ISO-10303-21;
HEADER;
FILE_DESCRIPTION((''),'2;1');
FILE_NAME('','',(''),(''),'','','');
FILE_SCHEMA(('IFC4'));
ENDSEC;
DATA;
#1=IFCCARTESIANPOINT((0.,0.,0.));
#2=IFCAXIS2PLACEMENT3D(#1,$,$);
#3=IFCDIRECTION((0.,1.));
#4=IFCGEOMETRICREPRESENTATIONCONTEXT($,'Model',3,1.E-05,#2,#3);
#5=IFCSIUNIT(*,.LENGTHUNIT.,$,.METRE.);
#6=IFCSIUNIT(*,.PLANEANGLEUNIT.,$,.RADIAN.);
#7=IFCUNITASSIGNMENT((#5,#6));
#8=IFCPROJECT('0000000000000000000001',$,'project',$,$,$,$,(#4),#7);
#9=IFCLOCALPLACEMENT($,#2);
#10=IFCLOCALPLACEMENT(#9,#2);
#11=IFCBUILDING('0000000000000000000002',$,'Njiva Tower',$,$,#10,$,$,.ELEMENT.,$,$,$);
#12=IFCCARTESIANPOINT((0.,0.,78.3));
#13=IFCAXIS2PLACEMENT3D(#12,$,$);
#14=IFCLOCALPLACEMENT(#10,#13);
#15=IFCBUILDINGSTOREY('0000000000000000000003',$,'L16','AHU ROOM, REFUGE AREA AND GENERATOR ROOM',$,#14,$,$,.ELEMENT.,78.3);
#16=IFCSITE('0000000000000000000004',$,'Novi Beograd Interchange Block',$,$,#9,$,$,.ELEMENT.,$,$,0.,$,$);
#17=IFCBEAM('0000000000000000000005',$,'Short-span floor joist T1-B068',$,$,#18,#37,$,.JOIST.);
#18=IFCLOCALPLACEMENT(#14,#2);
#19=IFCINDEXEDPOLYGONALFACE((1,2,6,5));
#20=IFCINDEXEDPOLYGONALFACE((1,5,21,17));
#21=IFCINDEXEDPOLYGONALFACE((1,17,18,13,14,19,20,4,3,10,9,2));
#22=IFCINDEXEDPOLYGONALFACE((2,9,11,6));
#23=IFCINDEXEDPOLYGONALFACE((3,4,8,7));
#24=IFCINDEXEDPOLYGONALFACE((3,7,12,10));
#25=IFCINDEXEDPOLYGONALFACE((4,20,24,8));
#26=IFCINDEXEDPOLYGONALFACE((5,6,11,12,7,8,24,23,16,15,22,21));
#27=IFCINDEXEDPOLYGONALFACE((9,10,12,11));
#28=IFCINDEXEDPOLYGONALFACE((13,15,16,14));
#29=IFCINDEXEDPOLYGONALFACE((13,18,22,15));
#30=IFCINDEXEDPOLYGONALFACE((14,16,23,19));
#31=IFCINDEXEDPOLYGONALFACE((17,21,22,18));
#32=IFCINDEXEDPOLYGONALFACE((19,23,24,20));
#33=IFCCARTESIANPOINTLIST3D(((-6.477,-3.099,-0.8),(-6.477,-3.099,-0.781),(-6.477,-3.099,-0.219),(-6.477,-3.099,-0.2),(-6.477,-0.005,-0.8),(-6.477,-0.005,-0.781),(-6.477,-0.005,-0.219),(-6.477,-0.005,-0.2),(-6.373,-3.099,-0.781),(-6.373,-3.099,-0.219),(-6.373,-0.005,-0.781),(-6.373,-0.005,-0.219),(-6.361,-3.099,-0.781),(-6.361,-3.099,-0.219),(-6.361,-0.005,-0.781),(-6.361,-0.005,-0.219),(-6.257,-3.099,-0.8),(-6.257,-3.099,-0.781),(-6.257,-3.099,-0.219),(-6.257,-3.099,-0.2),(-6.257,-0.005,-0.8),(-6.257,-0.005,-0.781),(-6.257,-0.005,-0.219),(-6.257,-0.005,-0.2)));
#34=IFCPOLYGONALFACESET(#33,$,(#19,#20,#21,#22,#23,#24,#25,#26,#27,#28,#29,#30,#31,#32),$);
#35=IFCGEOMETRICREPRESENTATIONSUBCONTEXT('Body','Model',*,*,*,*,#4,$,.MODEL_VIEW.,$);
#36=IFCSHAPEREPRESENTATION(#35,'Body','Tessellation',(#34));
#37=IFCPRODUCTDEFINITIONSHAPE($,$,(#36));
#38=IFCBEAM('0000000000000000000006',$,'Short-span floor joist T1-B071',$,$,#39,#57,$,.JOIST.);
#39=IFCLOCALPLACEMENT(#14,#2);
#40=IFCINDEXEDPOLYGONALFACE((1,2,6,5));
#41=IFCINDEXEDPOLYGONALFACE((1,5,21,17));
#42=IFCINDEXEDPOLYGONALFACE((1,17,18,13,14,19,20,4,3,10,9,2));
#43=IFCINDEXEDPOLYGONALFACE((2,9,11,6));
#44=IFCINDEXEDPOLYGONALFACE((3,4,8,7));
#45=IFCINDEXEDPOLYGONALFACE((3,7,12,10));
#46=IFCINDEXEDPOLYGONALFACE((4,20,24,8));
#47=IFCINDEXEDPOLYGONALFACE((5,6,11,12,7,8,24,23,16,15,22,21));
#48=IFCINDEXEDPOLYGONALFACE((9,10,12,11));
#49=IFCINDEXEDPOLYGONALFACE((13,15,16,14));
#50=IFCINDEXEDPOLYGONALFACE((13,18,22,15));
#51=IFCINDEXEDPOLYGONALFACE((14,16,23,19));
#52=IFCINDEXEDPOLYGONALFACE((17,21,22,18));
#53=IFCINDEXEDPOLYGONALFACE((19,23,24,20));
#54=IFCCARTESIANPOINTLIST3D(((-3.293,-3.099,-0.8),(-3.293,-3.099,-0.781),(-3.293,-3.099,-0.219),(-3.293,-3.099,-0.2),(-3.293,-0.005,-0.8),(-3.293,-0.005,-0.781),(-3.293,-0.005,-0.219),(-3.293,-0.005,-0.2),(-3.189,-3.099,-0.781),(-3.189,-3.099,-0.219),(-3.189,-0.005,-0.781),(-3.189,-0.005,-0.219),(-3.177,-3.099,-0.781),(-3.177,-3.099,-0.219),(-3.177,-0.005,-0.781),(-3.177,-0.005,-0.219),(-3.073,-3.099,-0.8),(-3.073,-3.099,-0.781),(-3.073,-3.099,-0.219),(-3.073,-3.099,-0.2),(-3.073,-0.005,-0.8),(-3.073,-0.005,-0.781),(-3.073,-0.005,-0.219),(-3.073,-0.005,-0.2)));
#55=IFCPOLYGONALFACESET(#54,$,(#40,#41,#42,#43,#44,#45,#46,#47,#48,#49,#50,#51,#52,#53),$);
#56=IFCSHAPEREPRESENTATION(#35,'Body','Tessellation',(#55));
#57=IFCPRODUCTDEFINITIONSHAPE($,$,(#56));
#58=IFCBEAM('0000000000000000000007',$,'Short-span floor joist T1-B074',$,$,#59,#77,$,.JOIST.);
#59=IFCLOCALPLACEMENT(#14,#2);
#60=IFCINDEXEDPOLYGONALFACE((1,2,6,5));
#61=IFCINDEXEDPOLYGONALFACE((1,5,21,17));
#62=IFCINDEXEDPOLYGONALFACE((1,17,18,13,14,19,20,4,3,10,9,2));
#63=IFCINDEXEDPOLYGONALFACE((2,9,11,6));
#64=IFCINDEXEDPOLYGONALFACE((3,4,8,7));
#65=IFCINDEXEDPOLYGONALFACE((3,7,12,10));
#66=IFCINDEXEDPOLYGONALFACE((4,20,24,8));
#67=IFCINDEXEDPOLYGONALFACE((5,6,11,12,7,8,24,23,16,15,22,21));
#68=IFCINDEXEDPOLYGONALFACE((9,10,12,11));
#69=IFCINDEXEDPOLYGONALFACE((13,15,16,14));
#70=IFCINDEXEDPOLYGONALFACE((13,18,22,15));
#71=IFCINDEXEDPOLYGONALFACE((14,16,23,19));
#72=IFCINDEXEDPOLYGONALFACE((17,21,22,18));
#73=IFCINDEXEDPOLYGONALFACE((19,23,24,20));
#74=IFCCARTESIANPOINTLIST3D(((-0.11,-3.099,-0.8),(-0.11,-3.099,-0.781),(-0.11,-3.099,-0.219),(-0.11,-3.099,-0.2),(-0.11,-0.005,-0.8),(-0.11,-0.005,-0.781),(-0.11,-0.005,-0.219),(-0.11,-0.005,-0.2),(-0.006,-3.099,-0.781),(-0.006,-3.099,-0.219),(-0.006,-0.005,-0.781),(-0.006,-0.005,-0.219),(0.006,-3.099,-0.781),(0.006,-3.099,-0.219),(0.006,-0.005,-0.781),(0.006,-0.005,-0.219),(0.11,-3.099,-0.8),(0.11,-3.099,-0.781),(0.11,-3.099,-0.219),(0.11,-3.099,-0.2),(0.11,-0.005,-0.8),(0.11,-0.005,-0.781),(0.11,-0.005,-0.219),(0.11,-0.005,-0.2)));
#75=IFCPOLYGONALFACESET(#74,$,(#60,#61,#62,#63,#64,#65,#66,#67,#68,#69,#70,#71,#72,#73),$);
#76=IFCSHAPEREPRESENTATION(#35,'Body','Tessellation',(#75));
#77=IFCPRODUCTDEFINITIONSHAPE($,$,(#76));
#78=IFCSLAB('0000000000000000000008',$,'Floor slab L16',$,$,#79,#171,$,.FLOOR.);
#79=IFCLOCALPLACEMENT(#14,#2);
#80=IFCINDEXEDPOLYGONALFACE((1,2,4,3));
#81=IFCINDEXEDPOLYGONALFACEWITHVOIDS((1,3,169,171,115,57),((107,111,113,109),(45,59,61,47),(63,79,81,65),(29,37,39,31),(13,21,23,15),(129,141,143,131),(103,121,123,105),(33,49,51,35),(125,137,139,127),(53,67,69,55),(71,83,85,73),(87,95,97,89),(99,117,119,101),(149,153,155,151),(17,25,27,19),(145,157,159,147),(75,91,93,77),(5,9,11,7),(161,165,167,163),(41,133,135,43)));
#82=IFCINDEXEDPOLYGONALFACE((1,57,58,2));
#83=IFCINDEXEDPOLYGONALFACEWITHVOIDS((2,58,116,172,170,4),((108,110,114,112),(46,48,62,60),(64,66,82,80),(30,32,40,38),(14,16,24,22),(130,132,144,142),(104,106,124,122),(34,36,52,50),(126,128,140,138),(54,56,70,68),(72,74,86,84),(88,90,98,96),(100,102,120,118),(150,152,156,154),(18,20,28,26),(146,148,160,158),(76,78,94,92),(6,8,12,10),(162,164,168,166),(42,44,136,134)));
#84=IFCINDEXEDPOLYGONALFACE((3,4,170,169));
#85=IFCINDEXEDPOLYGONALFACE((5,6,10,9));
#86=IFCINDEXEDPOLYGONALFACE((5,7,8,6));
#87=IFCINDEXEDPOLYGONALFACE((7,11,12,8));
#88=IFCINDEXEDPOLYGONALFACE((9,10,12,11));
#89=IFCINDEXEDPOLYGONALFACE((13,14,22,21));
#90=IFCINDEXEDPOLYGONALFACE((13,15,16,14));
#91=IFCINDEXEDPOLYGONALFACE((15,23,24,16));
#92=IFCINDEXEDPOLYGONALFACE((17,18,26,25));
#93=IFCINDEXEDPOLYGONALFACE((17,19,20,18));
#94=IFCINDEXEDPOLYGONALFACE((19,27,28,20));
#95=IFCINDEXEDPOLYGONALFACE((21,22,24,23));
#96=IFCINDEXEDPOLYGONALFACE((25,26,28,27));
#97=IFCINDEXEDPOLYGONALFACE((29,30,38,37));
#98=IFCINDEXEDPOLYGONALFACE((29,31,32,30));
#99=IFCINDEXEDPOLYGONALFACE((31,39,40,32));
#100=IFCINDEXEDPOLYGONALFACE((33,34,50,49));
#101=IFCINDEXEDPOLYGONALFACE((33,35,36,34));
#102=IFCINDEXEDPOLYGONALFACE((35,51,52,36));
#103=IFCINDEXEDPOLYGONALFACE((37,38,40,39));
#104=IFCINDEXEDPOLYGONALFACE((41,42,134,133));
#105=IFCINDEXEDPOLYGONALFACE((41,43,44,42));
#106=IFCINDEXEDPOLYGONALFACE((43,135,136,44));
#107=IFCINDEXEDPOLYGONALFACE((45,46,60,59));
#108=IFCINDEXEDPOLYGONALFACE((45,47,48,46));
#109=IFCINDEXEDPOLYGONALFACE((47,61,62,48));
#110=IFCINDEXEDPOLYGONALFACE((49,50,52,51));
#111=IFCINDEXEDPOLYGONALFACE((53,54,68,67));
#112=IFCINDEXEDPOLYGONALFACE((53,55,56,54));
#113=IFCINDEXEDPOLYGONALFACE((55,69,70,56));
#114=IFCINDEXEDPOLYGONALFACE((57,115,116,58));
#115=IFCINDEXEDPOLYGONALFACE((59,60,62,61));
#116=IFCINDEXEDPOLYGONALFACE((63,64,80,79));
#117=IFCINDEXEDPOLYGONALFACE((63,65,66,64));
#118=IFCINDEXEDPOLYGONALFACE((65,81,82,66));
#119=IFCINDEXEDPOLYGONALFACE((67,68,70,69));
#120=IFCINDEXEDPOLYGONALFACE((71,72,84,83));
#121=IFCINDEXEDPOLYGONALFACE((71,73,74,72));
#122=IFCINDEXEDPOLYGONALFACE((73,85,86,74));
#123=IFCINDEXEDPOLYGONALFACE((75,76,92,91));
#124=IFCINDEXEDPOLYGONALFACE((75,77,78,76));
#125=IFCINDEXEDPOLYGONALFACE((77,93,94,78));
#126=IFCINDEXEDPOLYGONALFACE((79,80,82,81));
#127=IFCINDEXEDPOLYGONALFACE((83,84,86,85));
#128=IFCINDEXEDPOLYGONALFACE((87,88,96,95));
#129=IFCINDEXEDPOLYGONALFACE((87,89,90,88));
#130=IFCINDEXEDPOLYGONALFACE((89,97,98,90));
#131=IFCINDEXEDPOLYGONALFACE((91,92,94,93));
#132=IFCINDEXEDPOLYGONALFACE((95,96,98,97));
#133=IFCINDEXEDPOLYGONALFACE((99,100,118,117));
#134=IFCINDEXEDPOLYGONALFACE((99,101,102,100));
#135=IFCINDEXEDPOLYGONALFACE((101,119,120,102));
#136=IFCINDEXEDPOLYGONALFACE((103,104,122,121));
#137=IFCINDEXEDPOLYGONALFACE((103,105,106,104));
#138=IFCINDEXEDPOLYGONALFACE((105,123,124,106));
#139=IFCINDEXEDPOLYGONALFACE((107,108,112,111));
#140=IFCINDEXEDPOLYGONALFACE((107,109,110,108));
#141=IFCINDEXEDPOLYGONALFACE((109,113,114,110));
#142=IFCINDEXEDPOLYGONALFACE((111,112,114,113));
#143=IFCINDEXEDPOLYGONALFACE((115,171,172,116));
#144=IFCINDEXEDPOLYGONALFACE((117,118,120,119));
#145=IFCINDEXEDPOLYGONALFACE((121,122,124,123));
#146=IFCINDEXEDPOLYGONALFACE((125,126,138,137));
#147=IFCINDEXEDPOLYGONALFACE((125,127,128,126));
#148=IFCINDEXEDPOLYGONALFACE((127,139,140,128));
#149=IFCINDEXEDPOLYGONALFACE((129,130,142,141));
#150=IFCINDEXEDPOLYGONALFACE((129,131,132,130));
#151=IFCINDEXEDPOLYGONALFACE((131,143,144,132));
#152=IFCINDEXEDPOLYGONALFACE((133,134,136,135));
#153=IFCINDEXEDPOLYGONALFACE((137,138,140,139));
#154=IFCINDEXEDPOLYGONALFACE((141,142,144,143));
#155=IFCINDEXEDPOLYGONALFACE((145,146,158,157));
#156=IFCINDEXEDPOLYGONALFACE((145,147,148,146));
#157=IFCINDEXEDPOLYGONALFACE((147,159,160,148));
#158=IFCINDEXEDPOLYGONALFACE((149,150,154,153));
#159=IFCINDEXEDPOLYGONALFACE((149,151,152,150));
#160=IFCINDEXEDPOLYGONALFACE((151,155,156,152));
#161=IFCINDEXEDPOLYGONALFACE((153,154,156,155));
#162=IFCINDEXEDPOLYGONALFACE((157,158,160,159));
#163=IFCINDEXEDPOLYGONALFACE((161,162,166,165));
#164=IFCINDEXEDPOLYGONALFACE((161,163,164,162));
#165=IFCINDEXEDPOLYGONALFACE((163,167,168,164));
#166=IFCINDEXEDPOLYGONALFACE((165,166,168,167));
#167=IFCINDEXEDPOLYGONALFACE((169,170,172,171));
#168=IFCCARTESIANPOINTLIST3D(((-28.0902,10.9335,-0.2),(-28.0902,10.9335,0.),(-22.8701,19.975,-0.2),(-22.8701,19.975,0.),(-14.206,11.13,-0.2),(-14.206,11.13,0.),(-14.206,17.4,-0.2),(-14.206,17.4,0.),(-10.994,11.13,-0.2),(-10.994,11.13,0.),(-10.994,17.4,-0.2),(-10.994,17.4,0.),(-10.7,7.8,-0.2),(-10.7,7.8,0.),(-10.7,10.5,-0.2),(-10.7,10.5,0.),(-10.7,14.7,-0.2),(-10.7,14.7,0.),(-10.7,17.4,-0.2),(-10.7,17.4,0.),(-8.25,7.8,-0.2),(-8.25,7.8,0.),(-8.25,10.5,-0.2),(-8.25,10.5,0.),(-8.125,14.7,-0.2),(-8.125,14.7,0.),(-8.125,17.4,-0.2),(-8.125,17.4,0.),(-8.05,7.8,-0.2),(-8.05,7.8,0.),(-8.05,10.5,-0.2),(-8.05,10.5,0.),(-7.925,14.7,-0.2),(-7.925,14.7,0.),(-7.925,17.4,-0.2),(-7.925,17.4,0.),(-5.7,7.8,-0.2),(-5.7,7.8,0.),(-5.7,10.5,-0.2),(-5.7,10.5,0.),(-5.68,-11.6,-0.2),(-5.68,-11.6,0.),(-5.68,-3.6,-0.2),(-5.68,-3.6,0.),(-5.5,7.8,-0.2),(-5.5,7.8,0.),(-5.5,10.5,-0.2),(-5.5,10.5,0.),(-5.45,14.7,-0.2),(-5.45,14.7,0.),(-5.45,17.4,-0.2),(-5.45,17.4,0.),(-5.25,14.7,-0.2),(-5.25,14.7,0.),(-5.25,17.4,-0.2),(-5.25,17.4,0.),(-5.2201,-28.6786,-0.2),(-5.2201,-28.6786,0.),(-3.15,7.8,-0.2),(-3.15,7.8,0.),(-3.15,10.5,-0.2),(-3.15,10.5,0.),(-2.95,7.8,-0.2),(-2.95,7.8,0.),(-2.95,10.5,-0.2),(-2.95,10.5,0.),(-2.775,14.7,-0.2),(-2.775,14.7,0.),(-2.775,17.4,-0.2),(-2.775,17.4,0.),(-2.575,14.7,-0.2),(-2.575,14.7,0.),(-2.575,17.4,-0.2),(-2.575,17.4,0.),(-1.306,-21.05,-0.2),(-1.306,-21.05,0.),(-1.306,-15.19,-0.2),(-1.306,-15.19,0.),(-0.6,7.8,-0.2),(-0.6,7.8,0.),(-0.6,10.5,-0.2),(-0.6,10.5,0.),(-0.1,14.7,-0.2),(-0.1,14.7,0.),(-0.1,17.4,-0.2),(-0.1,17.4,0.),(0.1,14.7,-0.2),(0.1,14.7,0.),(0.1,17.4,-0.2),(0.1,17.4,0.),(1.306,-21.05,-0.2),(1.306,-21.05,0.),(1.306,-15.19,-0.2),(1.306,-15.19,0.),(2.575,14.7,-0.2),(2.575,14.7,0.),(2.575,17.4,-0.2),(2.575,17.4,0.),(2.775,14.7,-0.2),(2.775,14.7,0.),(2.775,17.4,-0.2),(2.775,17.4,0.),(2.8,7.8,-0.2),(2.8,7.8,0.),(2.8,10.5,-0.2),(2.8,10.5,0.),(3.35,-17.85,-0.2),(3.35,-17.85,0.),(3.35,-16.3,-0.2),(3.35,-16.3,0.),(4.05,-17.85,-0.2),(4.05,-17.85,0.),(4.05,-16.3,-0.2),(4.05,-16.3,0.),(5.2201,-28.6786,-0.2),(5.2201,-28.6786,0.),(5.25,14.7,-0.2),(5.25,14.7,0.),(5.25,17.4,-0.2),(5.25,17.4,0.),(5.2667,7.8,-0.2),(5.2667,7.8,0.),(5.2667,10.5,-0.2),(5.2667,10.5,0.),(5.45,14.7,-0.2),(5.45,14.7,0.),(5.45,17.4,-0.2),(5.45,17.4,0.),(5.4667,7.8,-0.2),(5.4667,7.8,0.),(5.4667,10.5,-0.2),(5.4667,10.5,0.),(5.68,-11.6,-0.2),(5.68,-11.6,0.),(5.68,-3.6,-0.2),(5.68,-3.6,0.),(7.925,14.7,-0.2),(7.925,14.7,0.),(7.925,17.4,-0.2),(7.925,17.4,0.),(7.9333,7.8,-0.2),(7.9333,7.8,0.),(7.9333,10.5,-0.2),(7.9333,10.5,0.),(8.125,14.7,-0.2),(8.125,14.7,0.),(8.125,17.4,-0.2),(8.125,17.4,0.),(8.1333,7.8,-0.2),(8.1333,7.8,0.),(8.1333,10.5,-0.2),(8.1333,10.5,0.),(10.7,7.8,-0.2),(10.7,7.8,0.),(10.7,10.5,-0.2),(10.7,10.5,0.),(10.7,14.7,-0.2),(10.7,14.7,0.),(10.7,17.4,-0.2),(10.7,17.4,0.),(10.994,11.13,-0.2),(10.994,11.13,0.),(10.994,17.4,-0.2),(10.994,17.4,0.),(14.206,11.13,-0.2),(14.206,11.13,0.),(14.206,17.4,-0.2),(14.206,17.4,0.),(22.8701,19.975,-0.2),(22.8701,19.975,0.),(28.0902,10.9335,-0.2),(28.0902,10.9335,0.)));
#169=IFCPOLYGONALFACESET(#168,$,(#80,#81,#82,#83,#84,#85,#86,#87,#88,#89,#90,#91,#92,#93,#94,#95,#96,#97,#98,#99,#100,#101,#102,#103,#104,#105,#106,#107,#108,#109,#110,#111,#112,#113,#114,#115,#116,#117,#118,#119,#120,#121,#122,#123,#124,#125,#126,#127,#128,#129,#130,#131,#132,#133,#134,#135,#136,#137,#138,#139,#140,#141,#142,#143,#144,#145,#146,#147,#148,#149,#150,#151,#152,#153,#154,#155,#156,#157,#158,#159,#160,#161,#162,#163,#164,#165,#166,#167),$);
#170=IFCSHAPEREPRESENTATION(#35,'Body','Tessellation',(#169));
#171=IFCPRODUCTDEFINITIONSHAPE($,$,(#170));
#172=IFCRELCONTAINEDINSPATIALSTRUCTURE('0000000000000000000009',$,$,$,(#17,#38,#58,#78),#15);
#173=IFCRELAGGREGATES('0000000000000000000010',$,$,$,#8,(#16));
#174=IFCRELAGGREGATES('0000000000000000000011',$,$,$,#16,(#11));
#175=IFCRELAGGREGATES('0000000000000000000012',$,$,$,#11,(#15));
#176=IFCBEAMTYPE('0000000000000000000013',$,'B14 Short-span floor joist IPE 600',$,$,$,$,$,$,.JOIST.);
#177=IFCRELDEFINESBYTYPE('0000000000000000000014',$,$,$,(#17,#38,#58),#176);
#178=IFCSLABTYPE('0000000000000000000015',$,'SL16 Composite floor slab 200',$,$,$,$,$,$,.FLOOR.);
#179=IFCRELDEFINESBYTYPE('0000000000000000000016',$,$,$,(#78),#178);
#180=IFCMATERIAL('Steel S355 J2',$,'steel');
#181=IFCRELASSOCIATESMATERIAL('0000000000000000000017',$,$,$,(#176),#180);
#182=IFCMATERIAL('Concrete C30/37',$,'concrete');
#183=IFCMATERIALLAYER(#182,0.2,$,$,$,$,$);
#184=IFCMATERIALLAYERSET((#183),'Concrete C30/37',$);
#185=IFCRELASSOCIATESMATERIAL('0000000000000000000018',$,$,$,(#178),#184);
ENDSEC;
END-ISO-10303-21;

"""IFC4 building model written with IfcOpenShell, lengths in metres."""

from ifc_helpers import new_model, si_unit, direction, frame, origin, origin_2d, place, context, subcontext, project, spatial, polyline, i_section, outline, extrude, material, layer, layer_set, material_profile, profile_set, type_object, element, save


model = new_model("IFC4")

# Units and contexts
model_context = context("Model", 3, precision=1e-05, world=origin(), true_north=direction((0.0, 1.0)))
body_context = subcontext(model_context, "Body", "Model", "MODEL_VIEW")
ifc_project = project(units=[si_unit("LENGTHUNIT", "METRE"), si_unit("PLANEANGLEUNIT", "RADIAN")], contexts=[model_context])

# Site, building, storey
site_placement = place(None, origin())
site = spatial("IfcSite", under=ifc_project, at=site_placement, Name="Novi Beograd Interchange Block", CompositionType="ELEMENT", RefElevation=0.0)
building_placement = place(site_placement, origin())
building = spatial("IfcBuilding", under=site, at=building_placement, Name="Njiva Tower", CompositionType="ELEMENT")
storey_placement = place(building_placement, frame((0.0, 0.0, 78.3)))
storey = spatial("IfcBuildingStorey", under=building, at=storey_placement, Name="L16", Description="AHU ROOM, REFUGE AREA AND GENERATOR ROOM", CompositionType="ELEMENT", Elevation=78.3)

# Beams
ifc_material_1 = material(Name="Steel S355 J2", Category="steel")
ifc_material_profile = material_profile(ifc_material_1, i_section(OverallWidth=0.22, OverallDepth=0.6, WebThickness=0.012, FlangeThickness=0.019, at=origin_2d()), Name="IPE 600")
ifc_profile_set = profile_set([ifc_material_profile], Name="Steel S355 J2")
beam_type = type_object("IfcBeamType", Name="B14 Short-span floor joist IPE 600", PredefinedType="JOIST", material=ifc_profile_set)
for number, where, z_axis, x_axis, name in (
    (1, (-6.367, -0.005, -0.5), (0.0, -1.0, 0.0), (1.0, 0.0, 0.0), "Short-span floor joist T1-B068"),
    (2, (-3.183, -0.005, -0.5), (0.0, -1.0, 0.0), (1.0, 0.0, 0.0), "Short-span floor joist T1-B071"),
    (3, (0.0, -0.005, -0.5), (0.0, -1.0, 0.0), (1.0, 0.0, 0.0), "Short-span floor joist T1-B074"),
):
    element("IfcBeam", number, at=place(storey_placement, frame(where, z_axis=z_axis, x_axis=x_axis)), inside=storey, type_object=beam_type, Name=name, PredefinedType="JOIST", context=body_context, shape_type="SweptSolid", body=[
        extrude(i_section(OverallWidth=0.22, OverallDepth=0.6, WebThickness=0.012, FlangeThickness=0.019, at=origin_2d()), origin(), (0.0, 0.0, 1.0), 3.094),
    ])

# Slab
ifc_material_2 = material(Name="Concrete C30/37", Category="concrete")
ifc_layer_1 = layer(ifc_material_2, 0.2)
ifc_layer_set_1 = layer_set([ifc_layer_1], Name="Concrete C30/37")
slab_type = type_object("IfcSlabType", Name="SL16 Composite floor slab 200", PredefinedType="FLOOR", material=ifc_layer_set_1)
slab_placement = place(storey_placement, frame((0.0, 0.0, -0.2)))
element("IfcSlab", 4, at=slab_placement, inside=storey, type_object=slab_type, Name="Floor slab L16", PredefinedType="FLOOR", context=body_context, shape_type="SweptSolid", body=[
    extrude(outline(polyline([(28.0902, 10.9335), (5.2201, -28.6786), (-5.2201, -28.6786), (-28.0902, 10.9335), (-22.8701, 19.975), (22.8701, 19.975), (28.0902, 10.9335)]), holes=[polyline([(10.994, 11.13), (14.206, 11.13), (14.206, 17.4), (10.994, 17.4), (10.994, 11.13)]), polyline([(8.125, 17.4), (8.125, 14.7), (10.7, 14.7), (10.7, 17.4), (8.125, 17.4)]), polyline([(8.1333, 10.5), (8.1333, 7.8), (10.7, 7.8), (10.7, 10.5), (8.1333, 10.5)]), polyline([(5.4667, 10.5), (5.4667, 7.8), (7.9333, 7.8), (7.9333, 10.5), (5.4667, 10.5)]), polyline([(5.45, 17.4), (5.45, 14.7), (7.925, 14.7), (7.925, 17.4), (5.45, 17.4)]), polyline([(5.68, -11.6), (5.68, -3.6), (-5.68, -3.6), (-5.68, -11.6), (5.68, -11.6)]), polyline([(2.8, 7.8), (5.2667, 7.8), (5.2667, 10.5), (2.8, 10.5), (2.8, 7.8)]), polyline([(2.775, 14.7), (5.25, 14.7), (5.25, 17.4), (2.775, 17.4), (2.775, 14.7)]), polyline([(3.35, -17.85), (4.05, -17.85), (4.05, -16.3), (3.35, -16.3), (3.35, -17.85)]), polyline([(0.1, 14.7), (2.575, 14.7), (2.575, 17.4), (0.1, 17.4), (0.1, 14.7)]), polyline([(-1.306, -21.05), (1.306, -21.05), (1.306, -15.19), (-1.306, -15.19), (-1.306, -21.05)]), polyline([(-2.575, 17.4), (-2.575, 14.7), (-0.1, 14.7), (-0.1, 17.4), (-2.575, 17.4)]), polyline([(-2.95, 10.5), (-2.95, 7.8), (-0.6, 7.8), (-0.6, 10.5), (-2.95, 10.5)]), polyline([(-5.25, 17.4), (-5.25, 14.7), (-2.775, 14.7), (-2.775, 17.4), (-5.25, 17.4)]), polyline([(-5.5, 10.5), (-5.5, 7.8), (-3.15, 7.8), (-3.15, 10.5), (-5.5, 10.5)]), polyline([(-7.925, 14.7), (-5.45, 14.7), (-5.45, 17.4), (-7.925, 17.4), (-7.925, 14.7)]), polyline([(-8.05, 7.8), (-5.7, 7.8), (-5.7, 10.5), (-8.05, 10.5), (-8.05, 7.8)]), polyline([(-10.7, 14.7), (-8.125, 14.7), (-8.125, 17.4), (-10.7, 17.4), (-10.7, 14.7)]), polyline([(-10.7, 7.8), (-8.25, 7.8), (-8.25, 10.5), (-10.7, 10.5), (-10.7, 7.8)]), polyline([(-14.206, 11.13), (-10.994, 11.13), (-10.994, 17.4), (-14.206, 17.4), (-14.206, 11.13)])]), origin(), (0.0, 0.0, 1.0), 0.2),
])

save(model, "model.ifc")
